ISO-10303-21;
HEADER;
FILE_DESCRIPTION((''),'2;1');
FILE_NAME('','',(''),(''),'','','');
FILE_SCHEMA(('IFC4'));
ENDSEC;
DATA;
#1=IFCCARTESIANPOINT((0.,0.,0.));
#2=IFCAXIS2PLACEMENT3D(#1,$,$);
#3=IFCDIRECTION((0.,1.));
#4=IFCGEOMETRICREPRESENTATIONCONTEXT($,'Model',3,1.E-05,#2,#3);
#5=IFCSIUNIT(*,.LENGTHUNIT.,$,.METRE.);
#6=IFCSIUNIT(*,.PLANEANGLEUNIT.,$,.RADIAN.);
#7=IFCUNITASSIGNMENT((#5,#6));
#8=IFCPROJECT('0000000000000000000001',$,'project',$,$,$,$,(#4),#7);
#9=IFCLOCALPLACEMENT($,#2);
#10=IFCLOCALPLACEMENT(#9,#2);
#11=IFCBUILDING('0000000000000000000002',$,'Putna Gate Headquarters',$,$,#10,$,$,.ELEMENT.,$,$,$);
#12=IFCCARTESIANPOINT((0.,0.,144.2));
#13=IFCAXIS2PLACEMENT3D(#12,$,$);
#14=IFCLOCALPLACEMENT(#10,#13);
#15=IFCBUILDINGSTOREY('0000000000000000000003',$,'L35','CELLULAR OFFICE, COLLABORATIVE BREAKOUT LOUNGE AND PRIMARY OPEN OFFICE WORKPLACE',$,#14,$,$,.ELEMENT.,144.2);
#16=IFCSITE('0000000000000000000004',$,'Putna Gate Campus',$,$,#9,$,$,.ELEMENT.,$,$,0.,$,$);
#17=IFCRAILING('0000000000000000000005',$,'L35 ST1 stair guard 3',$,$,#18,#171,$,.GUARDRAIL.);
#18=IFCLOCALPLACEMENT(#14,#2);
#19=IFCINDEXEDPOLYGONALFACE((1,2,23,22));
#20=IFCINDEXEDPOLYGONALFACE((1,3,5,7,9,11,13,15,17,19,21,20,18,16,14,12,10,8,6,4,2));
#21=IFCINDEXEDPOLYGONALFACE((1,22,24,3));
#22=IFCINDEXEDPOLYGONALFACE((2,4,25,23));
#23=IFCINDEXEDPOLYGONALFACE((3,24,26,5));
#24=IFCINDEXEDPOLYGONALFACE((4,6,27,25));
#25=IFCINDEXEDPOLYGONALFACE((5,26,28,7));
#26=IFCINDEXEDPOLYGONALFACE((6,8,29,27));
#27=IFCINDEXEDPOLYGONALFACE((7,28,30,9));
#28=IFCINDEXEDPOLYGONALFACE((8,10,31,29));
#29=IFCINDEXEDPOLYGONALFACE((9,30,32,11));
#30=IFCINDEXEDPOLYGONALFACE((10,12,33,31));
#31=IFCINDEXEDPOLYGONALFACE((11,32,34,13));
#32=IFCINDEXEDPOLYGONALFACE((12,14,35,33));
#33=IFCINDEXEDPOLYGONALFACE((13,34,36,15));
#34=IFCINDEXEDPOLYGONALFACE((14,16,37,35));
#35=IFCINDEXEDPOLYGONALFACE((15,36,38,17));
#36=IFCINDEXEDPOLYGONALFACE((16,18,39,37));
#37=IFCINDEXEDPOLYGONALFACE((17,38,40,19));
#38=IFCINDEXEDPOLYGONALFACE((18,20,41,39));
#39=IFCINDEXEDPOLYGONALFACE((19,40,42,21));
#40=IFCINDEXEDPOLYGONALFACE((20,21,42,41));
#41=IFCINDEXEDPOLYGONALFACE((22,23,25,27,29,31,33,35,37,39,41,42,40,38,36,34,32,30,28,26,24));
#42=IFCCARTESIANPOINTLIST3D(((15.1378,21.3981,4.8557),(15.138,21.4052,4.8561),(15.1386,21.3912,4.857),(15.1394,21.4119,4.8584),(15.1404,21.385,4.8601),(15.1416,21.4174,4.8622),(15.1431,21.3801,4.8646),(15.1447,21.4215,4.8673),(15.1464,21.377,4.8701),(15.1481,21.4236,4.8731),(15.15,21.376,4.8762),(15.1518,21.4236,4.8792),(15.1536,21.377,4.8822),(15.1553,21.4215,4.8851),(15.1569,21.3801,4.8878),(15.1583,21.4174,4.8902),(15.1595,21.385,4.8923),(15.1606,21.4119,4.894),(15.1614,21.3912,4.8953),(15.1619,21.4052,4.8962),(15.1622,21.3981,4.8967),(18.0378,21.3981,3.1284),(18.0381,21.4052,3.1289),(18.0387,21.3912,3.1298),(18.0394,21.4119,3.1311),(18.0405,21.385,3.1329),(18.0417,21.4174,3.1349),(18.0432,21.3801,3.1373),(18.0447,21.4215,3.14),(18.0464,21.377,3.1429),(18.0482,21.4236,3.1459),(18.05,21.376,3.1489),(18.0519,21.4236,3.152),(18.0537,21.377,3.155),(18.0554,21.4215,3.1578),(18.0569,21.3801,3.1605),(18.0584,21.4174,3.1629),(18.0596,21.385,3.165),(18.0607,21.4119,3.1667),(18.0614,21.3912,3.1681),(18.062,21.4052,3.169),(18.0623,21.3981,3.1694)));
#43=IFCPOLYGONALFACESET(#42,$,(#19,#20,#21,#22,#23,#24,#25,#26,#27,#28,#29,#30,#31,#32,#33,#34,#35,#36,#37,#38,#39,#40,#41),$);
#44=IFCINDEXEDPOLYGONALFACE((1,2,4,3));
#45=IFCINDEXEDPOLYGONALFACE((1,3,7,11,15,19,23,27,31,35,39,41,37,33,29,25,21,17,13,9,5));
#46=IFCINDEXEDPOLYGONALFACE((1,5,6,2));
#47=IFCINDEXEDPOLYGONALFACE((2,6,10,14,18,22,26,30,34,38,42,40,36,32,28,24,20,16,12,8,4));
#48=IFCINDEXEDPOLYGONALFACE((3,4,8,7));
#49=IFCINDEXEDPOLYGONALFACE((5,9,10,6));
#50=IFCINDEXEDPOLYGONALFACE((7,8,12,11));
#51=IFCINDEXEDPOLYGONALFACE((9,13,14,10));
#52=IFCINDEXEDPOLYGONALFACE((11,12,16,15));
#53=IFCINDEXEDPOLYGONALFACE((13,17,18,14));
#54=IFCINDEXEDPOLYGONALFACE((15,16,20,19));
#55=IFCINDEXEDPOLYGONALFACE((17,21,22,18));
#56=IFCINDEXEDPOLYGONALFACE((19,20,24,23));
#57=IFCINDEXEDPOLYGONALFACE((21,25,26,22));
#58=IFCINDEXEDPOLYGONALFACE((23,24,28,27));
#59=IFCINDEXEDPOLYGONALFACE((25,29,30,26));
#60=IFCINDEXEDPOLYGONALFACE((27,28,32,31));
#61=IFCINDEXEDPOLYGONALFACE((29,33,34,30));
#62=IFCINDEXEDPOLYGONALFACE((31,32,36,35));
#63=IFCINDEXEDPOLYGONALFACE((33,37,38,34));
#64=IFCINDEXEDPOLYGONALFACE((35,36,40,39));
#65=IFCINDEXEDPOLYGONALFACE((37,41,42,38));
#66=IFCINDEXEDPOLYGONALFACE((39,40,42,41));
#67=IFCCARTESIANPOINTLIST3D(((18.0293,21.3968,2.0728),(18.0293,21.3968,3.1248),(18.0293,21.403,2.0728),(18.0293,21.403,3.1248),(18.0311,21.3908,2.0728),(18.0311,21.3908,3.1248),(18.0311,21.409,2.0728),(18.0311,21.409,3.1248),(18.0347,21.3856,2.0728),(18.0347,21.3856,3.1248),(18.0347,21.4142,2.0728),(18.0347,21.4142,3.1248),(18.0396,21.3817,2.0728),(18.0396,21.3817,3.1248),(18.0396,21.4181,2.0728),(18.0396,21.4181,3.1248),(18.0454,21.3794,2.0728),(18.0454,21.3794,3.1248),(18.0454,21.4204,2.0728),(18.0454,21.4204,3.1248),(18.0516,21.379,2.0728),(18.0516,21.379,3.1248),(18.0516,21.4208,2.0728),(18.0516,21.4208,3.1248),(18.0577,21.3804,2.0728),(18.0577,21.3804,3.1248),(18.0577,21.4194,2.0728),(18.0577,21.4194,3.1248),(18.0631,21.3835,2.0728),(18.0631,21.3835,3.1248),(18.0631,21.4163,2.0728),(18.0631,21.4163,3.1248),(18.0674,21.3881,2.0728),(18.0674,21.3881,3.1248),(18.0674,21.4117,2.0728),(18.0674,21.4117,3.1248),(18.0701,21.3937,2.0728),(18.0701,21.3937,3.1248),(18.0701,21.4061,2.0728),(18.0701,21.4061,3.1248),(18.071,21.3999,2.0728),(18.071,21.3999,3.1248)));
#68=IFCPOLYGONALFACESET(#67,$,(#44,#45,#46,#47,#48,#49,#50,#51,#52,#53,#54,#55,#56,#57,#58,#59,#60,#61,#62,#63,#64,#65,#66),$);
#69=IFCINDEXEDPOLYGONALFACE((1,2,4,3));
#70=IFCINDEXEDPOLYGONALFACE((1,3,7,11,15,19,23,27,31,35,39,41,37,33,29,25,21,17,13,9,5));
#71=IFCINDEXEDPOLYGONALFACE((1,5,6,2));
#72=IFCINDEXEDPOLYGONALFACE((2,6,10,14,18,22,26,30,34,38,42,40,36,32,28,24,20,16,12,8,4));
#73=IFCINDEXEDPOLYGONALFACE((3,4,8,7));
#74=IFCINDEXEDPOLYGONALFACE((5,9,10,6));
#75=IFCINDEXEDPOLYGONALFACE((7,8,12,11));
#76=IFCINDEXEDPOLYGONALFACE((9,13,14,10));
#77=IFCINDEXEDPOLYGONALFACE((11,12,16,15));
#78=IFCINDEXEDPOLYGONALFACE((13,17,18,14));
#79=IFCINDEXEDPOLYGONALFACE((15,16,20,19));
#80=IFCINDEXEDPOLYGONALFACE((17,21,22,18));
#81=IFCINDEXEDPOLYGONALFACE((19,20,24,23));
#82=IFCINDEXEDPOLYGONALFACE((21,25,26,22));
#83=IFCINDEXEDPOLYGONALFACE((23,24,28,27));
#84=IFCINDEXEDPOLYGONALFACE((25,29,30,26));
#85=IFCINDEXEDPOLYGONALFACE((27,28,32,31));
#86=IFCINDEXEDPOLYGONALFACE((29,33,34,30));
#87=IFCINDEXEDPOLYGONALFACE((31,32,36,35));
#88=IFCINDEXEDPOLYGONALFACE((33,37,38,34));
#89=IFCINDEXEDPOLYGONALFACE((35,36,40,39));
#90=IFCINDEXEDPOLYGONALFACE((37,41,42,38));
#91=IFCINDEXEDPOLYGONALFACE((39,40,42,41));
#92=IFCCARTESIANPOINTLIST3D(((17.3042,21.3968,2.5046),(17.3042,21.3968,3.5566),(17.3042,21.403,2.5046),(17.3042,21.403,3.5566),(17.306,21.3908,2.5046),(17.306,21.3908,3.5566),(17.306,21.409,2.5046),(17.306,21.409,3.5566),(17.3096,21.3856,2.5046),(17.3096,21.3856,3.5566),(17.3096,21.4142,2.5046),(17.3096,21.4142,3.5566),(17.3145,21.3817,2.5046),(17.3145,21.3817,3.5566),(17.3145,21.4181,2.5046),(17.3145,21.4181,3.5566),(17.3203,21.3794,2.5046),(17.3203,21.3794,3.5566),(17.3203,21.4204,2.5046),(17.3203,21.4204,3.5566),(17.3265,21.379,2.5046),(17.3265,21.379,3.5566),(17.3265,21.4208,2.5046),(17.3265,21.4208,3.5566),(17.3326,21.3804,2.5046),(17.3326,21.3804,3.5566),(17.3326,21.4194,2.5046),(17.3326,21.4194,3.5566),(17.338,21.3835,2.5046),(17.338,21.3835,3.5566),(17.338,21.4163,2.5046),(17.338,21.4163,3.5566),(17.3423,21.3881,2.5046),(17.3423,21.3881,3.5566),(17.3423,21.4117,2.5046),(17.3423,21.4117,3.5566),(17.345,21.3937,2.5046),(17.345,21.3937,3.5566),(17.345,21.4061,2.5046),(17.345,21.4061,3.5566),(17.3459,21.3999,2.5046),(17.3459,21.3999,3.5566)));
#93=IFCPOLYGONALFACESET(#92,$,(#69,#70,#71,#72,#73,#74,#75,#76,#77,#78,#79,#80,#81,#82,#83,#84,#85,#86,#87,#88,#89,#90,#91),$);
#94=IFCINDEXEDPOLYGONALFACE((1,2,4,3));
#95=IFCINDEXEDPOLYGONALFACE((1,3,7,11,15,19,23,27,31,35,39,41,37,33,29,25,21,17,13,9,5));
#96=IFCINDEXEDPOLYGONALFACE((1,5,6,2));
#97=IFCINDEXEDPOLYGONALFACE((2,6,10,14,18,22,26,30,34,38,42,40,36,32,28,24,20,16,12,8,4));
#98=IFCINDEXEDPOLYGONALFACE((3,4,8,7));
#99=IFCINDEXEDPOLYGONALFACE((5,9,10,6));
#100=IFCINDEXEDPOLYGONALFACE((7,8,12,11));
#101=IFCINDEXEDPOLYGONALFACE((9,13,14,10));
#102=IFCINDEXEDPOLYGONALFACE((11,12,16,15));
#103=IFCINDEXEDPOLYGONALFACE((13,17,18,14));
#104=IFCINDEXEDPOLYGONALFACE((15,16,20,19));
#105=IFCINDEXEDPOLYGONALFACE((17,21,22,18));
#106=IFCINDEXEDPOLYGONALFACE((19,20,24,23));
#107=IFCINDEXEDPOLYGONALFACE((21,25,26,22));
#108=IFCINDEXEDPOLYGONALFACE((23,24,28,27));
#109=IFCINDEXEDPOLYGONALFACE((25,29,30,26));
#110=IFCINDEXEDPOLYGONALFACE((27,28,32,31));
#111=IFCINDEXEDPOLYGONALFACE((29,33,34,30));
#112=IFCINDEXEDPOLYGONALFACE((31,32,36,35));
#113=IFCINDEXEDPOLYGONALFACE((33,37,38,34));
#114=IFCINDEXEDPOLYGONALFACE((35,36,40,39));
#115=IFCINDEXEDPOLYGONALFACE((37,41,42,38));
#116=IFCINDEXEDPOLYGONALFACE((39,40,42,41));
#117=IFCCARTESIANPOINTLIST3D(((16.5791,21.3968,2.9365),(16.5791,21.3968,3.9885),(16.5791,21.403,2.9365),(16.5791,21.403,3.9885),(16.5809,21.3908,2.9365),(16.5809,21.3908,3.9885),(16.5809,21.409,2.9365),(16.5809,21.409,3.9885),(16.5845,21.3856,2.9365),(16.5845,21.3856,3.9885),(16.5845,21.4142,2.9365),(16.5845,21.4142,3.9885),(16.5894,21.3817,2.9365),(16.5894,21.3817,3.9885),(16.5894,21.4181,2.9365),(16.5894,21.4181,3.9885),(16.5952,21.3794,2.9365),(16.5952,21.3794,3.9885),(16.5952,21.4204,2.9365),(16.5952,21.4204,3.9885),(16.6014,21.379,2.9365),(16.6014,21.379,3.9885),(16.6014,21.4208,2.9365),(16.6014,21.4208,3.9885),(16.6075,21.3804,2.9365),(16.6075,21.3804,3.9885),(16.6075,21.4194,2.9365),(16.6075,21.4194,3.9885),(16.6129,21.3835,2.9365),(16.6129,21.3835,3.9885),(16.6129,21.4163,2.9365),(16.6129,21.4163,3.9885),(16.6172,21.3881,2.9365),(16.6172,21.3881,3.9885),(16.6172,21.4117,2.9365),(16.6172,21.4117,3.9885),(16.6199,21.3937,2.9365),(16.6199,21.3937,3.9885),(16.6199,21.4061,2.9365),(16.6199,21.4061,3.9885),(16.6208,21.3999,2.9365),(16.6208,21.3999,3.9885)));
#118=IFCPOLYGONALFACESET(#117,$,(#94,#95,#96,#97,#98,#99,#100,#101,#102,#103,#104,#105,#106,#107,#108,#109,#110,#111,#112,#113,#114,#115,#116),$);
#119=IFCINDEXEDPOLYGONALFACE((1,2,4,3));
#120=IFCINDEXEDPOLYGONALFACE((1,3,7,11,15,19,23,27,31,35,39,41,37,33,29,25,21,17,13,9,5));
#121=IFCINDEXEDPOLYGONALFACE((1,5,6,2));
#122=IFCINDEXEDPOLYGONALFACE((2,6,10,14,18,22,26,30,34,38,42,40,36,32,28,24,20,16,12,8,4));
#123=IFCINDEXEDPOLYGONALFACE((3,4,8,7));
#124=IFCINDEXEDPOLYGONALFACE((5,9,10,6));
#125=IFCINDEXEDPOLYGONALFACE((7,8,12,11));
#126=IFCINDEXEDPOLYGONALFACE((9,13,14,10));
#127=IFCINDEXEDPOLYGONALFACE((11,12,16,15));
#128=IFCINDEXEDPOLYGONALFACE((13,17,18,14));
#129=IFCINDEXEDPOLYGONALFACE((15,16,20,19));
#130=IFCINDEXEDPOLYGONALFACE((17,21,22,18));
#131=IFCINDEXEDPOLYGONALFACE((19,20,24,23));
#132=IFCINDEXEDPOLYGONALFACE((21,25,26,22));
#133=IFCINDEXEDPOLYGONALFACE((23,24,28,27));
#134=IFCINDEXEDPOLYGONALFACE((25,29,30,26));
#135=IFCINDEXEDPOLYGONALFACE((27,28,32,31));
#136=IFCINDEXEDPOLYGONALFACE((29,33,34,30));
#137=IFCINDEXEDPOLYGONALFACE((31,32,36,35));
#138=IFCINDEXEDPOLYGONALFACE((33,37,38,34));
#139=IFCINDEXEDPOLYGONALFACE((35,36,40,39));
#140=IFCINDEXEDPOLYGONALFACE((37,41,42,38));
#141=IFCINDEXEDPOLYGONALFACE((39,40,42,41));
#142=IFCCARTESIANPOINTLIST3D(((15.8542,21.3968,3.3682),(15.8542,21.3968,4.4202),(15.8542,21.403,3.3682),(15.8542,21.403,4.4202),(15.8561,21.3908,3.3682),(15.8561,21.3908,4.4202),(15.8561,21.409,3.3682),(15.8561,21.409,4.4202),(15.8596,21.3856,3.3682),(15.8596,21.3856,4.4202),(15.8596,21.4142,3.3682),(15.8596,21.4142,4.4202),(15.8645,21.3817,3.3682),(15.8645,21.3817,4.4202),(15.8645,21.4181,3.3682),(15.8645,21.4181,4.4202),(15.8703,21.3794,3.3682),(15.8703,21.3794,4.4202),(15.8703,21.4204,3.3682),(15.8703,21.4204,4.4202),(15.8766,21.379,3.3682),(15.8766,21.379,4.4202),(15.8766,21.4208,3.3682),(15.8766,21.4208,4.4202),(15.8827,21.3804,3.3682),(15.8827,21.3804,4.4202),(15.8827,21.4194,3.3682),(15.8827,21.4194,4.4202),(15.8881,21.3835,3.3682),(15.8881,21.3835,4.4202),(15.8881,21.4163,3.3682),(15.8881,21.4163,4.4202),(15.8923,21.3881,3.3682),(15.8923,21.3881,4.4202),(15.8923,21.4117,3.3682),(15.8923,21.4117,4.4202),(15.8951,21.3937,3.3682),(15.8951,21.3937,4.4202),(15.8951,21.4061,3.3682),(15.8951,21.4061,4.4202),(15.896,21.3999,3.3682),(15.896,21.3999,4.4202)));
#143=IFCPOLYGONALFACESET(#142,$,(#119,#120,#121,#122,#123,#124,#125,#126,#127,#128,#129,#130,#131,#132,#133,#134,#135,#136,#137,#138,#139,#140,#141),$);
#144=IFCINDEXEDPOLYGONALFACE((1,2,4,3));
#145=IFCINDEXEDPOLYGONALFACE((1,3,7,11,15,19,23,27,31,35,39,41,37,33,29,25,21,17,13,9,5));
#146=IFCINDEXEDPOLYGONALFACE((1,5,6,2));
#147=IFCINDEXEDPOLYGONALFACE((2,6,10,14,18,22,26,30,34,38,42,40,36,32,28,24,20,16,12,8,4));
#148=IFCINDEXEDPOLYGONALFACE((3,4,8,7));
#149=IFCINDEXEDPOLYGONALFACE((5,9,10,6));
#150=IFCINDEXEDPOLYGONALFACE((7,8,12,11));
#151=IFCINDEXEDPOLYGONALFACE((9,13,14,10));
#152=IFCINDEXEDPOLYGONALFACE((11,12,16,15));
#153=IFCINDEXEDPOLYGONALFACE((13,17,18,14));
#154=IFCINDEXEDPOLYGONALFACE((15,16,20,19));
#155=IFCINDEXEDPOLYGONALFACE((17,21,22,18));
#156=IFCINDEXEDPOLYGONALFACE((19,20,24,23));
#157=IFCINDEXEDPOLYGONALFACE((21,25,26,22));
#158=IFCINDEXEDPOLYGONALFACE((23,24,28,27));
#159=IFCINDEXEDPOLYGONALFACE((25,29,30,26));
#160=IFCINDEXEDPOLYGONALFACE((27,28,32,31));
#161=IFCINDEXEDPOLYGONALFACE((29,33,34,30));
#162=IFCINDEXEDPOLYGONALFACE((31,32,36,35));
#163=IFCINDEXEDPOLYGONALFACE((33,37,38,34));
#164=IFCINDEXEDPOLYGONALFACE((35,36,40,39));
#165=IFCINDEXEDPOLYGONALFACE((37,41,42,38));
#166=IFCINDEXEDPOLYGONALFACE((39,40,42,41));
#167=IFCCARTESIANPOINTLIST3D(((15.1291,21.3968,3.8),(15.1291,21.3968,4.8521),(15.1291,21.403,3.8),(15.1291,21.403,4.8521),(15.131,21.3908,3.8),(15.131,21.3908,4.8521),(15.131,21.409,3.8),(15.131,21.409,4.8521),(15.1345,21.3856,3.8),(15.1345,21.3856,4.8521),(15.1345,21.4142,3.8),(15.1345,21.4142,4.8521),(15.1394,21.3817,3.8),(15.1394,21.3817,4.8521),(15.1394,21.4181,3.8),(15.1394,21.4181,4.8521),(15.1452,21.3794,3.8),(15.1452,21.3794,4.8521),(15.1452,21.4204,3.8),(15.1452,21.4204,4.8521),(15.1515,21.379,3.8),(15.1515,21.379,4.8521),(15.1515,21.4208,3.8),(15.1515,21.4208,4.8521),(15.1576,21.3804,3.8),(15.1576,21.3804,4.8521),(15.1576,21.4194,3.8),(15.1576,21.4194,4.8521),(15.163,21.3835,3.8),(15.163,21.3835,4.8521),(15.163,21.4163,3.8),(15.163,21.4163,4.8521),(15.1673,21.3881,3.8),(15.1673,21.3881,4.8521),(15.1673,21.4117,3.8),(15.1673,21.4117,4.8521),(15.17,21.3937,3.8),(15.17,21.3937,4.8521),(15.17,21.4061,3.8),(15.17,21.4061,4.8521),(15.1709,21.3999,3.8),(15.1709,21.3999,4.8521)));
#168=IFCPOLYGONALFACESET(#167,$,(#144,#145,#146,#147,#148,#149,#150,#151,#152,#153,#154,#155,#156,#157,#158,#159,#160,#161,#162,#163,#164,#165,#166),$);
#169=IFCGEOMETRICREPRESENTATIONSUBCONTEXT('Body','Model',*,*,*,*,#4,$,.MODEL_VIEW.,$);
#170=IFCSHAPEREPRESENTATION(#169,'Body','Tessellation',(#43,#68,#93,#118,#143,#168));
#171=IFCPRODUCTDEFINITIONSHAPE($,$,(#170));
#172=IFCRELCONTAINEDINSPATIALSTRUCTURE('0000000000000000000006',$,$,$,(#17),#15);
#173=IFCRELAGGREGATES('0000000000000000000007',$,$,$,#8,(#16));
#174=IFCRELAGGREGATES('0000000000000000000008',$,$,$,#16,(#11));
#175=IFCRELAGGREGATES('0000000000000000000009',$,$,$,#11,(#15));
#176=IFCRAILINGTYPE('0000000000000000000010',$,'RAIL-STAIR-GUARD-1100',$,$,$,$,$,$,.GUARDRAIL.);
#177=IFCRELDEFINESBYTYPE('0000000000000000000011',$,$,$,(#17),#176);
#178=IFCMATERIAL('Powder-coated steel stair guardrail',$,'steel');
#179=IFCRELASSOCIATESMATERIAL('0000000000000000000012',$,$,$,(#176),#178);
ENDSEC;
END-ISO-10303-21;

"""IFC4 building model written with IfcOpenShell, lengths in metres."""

from ifc_helpers import new_model, si_unit, direction, frame, origin, origin_2d, place, context, subcontext, project, spatial, circle, extrude, material, type_object, element, save


model = new_model("IFC4")

# Units and contexts
model_context = context("Model", 3, precision=1e-05, world=origin(), true_north=direction((0.0, 1.0)))
body_context = subcontext(model_context, "Body", "Model", "MODEL_VIEW")
ifc_project = project(units=[si_unit("LENGTHUNIT", "METRE"), si_unit("PLANEANGLEUNIT", "RADIAN")], contexts=[model_context])

# Site, building, storey
site_placement = place(None, origin())
site = spatial("IfcSite", under=ifc_project, at=site_placement, Name="Putna Gate Campus", CompositionType="ELEMENT", RefElevation=0.0)
building_placement = place(site_placement, origin())
building = spatial("IfcBuilding", under=site, at=building_placement, Name="Putna Gate Headquarters", CompositionType="ELEMENT")
storey_placement = place(building_placement, frame((0.0, 0.0, 144.2)))
storey = spatial("IfcBuildingStorey", under=building, at=storey_placement, Name="L35", Description="CELLULAR OFFICE, COLLABORATIVE BREAKOUT LOUNGE AND PRIMARY OPEN OFFICE WORKPLACE", CompositionType="ELEMENT", Elevation=144.2)

# Railing
ifc_material_1 = material(Name="Powder-coated steel stair guardrail", Category="steel")
railing_type = type_object("IfcRailingType", Name="RAIL-STAIR-GUARD-1100", PredefinedType="GUARDRAIL", material=ifc_material_1)
railing_1_placement = place(storey_placement, frame((18.05, 21.3999, 2.0728)))
element("IfcRailing", 1, at=railing_1_placement, inside=storey, type_object=railing_type, Name="L35 ST1 stair guard 3", PredefinedType="GUARDRAIL", context=body_context, shape_type="SweptSolid", body=[
    extrude(circle(Radius=0.0239, at=origin_2d()), frame((0.0, 0.0, 1.0762), z_axis=(-0.85916, 0.0, 0.511706), x_axis=(0.0, -1.0, 0.0)), (0.0, 0.0, 1.0), 3.3755),
    extrude(circle(Radius=0.021, at=origin_2d()), origin(), (0.0, 0.0, 1.0), 1.052),
    extrude(circle(Radius=0.021, at=origin_2d()), frame((-0.7251, 0.0, 0.4319)), (0.0, 0.0, 1.0), 1.052),
    extrude(circle(Radius=0.021, at=origin_2d()), frame((-1.4502, 0.0, 0.8638)), (0.0, 0.0, 1.0), 1.052),
    extrude(circle(Radius=0.021, at=origin_2d()), frame((-2.175, 0.0, 1.2954)), (0.0, 0.0, 1.0), 1.052),
    extrude(circle(Radius=0.021, at=origin_2d()), frame((-2.9001, 0.0, 1.7273)), (0.0, 0.0, 1.0), 1.052),
])

save(model, "model.ifc")
